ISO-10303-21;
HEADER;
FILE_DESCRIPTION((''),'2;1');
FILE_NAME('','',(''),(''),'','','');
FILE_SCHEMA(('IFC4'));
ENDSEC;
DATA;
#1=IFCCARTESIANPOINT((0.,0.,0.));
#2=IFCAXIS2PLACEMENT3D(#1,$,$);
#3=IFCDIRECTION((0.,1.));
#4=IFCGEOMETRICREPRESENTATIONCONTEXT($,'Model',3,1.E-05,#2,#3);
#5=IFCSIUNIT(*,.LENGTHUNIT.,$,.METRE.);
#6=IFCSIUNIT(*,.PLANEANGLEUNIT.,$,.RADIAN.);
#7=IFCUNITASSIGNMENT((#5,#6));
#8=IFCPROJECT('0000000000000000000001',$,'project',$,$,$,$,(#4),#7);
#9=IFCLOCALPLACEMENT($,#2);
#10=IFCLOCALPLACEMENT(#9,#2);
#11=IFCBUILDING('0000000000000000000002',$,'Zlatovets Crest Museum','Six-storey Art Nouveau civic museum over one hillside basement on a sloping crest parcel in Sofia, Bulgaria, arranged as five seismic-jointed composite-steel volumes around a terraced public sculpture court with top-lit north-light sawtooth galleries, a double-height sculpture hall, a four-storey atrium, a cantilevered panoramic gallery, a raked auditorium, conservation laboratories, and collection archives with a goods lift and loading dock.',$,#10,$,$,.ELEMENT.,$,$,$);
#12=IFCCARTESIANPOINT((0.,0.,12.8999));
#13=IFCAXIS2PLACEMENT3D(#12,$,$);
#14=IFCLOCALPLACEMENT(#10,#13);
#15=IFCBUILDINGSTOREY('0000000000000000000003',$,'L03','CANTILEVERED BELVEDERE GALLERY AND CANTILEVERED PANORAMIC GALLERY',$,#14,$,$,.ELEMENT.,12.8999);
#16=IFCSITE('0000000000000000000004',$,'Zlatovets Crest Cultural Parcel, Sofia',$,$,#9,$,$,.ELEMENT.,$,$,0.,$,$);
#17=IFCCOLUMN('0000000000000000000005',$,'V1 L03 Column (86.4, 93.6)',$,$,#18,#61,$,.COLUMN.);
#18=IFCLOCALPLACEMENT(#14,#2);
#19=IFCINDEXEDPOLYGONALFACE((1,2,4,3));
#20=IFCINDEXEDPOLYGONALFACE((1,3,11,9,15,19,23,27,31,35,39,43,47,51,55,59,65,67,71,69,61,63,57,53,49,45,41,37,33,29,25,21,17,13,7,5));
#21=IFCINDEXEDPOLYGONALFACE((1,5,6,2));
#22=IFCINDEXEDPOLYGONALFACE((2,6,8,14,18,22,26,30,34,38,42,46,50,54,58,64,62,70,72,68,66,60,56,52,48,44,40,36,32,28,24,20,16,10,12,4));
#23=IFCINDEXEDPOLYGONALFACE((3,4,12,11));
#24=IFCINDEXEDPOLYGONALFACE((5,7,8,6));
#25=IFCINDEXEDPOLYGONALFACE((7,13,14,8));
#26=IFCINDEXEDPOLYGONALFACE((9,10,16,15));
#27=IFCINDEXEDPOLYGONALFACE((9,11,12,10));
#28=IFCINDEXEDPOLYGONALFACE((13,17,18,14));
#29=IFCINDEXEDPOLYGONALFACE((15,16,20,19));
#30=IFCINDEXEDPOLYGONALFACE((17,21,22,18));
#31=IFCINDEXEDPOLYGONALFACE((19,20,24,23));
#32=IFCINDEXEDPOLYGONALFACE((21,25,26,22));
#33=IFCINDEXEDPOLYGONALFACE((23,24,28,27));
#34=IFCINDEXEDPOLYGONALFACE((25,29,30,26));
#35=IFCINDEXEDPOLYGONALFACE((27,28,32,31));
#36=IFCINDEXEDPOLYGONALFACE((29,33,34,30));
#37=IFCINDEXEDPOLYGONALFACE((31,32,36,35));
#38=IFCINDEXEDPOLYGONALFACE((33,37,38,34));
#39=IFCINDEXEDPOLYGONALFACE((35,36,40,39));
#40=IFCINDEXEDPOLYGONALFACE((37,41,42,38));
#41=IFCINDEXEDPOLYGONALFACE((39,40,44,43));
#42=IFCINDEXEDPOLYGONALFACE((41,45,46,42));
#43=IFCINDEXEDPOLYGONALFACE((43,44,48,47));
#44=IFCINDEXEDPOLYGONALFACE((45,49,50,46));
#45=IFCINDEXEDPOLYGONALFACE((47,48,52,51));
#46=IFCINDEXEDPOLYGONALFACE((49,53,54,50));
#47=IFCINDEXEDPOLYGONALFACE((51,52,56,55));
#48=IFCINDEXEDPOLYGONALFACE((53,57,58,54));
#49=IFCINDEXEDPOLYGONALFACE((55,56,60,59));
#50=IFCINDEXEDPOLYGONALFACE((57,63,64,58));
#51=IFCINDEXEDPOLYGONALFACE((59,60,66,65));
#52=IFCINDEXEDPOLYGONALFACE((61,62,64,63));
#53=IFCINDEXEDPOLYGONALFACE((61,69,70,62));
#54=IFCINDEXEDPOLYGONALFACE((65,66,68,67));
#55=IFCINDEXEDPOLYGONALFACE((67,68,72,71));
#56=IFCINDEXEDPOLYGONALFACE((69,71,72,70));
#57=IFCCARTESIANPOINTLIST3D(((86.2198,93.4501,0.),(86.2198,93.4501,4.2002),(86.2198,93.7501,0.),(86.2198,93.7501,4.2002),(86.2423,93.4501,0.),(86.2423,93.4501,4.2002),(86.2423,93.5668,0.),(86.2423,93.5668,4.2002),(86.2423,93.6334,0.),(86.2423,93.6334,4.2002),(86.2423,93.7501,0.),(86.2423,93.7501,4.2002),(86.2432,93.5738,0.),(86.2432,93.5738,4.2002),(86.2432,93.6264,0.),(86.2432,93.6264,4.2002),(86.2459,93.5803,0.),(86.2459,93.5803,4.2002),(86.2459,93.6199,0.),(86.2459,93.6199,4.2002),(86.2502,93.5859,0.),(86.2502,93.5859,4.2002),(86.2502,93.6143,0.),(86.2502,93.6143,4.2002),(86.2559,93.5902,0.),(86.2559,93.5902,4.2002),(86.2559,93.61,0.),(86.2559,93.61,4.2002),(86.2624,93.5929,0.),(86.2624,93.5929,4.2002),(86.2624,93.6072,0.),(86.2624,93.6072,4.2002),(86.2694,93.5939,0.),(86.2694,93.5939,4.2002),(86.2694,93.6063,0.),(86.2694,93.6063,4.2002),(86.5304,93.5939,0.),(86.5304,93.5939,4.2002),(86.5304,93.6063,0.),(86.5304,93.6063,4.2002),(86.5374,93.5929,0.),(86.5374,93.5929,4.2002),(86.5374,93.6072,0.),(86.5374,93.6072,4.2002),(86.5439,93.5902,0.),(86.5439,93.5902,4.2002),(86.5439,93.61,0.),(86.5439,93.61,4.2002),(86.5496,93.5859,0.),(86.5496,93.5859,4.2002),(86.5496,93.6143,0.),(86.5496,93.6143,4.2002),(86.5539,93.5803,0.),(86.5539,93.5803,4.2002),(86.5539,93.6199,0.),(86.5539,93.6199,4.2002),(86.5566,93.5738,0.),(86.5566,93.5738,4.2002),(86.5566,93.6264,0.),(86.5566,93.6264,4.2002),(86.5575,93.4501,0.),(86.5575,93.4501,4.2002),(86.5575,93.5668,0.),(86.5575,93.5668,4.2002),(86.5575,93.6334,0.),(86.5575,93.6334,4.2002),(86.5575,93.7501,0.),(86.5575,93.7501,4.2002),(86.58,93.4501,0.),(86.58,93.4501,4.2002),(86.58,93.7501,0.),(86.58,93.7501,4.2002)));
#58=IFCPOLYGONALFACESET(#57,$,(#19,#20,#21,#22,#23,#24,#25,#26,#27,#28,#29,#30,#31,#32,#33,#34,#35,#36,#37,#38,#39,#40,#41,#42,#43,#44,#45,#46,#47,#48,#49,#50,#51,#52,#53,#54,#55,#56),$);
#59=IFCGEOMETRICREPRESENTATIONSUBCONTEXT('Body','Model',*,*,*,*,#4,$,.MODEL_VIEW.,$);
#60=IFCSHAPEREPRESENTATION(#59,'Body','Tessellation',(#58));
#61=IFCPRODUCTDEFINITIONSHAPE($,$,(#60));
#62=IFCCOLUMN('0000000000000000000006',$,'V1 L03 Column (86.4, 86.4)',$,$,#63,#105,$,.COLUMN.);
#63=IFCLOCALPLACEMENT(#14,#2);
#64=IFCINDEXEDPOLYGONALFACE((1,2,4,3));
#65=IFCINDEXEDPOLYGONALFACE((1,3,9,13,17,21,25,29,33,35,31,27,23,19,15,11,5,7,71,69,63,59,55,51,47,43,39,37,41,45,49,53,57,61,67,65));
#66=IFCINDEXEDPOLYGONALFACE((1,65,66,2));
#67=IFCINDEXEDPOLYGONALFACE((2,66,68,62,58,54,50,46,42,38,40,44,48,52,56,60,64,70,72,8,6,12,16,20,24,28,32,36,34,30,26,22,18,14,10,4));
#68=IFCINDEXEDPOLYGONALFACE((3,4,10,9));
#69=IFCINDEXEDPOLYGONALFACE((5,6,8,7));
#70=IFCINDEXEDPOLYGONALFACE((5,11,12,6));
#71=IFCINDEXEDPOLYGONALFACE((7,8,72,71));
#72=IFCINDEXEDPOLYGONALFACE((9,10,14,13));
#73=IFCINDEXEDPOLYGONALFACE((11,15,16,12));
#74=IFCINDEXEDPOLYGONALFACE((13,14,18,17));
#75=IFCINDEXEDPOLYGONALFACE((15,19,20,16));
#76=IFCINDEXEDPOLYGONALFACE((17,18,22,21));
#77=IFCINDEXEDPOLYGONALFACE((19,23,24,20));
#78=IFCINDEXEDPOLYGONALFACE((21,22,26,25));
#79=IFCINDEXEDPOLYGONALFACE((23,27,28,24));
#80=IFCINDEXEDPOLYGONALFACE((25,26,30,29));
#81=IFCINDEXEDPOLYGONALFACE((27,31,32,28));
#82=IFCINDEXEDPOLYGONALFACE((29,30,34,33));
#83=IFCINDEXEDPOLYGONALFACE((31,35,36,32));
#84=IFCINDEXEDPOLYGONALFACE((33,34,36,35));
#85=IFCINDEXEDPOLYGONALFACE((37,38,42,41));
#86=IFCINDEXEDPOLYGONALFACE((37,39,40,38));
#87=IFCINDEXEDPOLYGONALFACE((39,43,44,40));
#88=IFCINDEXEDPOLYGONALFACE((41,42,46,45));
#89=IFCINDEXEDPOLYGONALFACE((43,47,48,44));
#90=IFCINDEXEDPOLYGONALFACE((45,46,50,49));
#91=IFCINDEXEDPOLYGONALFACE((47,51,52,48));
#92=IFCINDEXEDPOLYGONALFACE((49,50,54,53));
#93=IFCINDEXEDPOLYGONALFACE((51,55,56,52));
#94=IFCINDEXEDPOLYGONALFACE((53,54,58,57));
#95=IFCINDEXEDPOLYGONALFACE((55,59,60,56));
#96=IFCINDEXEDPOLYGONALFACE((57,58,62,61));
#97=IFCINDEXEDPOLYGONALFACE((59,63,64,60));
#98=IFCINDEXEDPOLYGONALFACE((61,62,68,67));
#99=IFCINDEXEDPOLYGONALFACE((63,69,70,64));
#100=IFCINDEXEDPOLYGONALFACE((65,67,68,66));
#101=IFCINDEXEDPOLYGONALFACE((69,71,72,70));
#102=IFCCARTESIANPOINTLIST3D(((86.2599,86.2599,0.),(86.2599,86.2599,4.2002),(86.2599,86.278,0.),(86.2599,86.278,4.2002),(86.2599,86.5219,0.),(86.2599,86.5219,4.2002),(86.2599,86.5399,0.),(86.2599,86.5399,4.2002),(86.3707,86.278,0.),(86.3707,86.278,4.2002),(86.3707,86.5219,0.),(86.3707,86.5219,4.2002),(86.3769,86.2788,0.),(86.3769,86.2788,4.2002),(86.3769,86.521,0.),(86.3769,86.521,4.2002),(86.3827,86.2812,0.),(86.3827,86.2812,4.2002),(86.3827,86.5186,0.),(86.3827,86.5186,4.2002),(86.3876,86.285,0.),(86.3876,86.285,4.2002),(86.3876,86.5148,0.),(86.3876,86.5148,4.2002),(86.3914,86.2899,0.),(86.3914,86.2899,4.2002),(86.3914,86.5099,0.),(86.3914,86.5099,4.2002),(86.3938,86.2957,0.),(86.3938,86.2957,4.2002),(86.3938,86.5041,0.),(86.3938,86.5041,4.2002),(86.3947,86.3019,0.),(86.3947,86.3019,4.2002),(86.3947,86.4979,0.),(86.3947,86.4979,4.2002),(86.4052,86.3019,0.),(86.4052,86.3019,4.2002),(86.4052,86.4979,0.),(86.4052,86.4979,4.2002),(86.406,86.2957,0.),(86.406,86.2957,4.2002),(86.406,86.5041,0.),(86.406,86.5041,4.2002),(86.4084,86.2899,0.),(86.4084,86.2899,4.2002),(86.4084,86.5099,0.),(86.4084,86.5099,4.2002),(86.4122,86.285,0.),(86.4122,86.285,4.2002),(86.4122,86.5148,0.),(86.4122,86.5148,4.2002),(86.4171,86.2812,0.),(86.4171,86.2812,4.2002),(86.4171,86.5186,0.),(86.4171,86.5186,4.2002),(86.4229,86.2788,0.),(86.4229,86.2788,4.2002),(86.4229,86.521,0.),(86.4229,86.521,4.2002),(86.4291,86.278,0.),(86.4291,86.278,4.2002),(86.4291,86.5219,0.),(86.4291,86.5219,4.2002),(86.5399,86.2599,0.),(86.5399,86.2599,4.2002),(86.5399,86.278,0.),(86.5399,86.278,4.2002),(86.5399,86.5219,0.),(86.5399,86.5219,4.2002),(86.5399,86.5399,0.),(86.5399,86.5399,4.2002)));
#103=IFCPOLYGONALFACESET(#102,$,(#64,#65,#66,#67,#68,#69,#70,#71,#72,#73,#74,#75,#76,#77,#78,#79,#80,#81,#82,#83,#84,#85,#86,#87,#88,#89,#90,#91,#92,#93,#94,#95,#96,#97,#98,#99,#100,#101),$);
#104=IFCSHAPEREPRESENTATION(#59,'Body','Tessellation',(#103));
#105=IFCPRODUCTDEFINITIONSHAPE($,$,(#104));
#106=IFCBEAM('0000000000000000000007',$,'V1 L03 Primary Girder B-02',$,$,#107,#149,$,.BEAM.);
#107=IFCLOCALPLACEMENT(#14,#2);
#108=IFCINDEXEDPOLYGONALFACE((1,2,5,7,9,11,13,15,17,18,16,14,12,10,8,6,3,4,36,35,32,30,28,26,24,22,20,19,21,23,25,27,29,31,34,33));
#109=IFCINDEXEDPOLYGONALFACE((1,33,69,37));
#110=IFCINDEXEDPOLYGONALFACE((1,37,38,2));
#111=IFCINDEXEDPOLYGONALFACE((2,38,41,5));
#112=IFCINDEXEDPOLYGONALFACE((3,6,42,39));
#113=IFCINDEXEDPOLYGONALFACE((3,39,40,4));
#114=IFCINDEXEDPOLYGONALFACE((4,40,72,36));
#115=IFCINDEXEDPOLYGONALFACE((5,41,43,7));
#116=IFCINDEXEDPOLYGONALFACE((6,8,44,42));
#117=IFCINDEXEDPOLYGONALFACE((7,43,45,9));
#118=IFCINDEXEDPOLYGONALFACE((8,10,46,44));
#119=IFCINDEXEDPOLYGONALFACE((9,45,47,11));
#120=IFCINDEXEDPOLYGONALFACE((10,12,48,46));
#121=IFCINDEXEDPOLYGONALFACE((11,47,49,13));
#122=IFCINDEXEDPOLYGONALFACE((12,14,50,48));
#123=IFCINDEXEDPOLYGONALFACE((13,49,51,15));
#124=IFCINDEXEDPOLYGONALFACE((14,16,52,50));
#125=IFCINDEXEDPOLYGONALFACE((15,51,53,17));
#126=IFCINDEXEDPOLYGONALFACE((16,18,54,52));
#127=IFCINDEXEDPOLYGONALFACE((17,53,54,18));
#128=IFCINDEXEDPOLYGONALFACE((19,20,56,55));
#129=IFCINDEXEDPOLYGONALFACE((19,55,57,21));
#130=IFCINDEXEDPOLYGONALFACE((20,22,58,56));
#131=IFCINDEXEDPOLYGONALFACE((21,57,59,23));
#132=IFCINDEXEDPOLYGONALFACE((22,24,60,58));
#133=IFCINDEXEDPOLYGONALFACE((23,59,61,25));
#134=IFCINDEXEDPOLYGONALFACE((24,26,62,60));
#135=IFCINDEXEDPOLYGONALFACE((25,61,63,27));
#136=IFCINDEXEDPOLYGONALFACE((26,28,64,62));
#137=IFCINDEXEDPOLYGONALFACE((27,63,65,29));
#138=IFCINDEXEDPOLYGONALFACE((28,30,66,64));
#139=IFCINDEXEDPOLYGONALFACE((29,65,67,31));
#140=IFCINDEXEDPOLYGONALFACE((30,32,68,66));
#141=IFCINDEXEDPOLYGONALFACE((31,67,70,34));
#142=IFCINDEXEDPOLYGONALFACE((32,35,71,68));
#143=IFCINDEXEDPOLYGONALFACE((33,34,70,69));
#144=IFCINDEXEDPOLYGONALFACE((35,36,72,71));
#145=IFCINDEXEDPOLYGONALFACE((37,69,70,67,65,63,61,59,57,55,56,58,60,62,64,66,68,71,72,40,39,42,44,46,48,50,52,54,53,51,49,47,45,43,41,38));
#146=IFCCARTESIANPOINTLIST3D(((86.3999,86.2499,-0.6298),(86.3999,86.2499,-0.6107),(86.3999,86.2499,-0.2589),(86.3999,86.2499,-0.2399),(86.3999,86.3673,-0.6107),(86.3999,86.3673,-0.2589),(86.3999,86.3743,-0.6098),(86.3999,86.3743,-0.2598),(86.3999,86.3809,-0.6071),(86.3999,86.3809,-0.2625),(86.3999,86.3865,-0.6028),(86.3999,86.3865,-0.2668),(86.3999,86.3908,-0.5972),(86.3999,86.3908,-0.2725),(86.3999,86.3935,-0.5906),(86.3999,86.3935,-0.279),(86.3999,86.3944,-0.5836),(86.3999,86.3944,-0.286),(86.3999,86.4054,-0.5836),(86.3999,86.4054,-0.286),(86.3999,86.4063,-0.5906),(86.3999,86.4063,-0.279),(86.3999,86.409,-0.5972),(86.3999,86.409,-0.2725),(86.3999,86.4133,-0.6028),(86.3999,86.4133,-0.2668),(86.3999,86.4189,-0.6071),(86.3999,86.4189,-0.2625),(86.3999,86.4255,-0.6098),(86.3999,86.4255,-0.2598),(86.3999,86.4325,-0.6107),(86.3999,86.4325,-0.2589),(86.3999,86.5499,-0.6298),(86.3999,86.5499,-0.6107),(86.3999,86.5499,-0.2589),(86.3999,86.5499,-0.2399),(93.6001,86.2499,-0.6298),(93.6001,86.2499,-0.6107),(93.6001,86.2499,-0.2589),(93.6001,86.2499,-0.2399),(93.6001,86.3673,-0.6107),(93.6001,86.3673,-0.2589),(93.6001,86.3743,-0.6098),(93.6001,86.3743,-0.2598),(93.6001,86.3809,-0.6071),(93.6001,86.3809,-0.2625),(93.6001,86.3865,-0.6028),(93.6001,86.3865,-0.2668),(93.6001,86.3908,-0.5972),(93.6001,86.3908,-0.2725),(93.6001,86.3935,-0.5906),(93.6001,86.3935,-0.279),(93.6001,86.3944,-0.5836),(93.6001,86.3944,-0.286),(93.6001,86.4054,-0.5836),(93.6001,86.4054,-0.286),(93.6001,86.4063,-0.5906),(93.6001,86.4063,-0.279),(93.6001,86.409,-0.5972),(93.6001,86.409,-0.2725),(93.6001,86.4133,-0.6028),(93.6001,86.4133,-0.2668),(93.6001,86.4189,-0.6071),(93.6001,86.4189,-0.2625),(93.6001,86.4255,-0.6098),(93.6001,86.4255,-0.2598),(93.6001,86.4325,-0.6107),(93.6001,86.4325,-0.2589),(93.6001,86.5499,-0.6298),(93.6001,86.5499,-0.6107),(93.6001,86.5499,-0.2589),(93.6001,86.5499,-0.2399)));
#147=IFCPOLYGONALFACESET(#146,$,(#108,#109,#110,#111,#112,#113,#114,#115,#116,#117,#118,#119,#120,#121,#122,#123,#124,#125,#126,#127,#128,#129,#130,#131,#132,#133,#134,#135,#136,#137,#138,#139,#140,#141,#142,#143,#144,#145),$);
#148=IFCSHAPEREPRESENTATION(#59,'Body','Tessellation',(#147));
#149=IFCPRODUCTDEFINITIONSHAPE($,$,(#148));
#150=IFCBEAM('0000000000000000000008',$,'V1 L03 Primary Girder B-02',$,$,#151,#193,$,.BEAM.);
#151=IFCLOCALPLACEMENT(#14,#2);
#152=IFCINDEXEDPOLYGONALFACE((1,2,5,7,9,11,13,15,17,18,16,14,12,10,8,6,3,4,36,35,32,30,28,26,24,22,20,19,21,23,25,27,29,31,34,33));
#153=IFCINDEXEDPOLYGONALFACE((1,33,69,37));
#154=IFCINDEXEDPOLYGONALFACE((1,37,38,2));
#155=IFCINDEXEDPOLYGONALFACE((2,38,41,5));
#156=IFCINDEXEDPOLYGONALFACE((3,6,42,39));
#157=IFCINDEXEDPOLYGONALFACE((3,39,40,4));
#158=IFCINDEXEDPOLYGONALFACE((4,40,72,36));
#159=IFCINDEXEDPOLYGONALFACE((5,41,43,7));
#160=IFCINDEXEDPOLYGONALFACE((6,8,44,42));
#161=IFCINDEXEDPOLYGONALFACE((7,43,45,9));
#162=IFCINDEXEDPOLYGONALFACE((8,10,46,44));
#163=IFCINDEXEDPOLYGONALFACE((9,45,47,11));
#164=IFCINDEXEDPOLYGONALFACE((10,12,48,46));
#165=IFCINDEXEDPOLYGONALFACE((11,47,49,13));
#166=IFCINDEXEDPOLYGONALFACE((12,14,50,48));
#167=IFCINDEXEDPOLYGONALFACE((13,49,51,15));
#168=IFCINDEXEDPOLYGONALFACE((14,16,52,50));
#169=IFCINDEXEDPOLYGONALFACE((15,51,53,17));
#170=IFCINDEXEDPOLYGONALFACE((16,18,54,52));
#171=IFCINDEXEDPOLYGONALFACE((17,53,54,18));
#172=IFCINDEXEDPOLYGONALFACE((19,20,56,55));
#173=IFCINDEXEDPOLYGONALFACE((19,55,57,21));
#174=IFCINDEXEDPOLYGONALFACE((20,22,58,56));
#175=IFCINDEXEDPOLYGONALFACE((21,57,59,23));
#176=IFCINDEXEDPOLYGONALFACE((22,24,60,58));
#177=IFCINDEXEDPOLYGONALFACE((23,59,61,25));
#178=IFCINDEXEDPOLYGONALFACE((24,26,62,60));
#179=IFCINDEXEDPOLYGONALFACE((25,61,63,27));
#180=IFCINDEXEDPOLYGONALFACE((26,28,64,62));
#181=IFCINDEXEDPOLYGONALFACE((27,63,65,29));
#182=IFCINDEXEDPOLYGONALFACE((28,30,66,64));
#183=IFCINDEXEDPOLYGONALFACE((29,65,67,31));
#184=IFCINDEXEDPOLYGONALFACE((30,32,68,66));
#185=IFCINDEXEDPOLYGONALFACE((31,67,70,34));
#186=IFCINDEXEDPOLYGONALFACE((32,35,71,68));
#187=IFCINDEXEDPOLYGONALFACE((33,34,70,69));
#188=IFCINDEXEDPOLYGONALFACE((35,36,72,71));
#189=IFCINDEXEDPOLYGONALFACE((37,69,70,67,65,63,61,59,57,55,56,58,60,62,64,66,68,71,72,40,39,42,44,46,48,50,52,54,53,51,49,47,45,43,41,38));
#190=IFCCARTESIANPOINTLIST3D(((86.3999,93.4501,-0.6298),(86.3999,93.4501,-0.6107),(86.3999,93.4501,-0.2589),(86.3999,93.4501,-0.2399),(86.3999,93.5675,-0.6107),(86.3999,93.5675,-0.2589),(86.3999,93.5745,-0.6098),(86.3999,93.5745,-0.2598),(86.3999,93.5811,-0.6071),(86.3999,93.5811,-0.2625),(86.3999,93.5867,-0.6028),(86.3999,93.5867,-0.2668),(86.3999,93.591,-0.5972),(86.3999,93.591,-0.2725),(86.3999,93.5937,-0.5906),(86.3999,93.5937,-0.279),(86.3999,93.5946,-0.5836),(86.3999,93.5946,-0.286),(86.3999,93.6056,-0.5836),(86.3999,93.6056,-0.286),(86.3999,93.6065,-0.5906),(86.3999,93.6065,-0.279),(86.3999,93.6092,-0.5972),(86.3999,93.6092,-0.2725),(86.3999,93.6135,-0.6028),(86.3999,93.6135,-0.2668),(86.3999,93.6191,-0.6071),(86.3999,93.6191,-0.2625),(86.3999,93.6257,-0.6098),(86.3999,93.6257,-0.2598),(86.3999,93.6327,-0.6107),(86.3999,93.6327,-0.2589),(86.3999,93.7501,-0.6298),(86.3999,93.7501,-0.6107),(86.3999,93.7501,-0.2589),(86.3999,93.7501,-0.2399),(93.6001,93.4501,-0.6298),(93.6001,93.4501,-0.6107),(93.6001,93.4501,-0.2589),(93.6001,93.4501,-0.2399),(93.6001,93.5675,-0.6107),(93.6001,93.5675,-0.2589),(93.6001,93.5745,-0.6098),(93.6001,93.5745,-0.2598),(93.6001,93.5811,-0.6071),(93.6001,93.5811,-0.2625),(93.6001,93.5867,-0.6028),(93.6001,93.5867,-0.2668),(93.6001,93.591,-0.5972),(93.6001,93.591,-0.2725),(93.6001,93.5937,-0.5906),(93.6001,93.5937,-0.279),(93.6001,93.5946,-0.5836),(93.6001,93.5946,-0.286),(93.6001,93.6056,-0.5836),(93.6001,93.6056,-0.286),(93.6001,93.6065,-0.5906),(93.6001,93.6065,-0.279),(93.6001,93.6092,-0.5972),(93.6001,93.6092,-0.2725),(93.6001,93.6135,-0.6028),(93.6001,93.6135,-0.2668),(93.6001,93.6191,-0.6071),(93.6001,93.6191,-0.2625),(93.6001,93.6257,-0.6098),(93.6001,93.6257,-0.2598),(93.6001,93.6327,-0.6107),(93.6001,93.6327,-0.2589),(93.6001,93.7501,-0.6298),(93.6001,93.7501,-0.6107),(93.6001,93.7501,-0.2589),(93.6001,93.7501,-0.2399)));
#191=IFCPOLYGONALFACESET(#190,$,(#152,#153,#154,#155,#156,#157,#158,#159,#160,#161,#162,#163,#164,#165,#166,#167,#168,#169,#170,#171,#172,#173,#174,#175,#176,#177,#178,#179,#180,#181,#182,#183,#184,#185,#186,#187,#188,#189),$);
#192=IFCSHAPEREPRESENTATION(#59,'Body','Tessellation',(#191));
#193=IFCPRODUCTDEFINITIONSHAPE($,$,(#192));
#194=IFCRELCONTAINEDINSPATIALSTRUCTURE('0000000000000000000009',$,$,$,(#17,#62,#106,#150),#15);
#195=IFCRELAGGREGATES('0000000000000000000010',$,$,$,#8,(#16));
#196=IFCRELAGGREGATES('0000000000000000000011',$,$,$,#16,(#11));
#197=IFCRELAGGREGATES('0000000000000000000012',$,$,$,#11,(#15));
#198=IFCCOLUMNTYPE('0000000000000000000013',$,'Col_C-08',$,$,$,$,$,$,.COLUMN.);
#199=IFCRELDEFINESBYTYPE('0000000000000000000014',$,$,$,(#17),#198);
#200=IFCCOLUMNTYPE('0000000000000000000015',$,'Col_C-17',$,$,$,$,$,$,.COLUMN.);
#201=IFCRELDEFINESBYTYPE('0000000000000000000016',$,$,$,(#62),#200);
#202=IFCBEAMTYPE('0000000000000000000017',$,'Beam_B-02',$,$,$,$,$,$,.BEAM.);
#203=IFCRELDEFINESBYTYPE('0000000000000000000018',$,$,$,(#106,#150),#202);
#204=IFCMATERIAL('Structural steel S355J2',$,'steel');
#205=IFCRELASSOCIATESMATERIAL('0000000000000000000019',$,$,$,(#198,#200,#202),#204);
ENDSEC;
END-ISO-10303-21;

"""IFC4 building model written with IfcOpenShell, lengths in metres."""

from ifc_helpers import new_model, si_unit, direction, frame, origin, origin_2d, place, context, subcontext, project, spatial, i_section, extrude, material, material_profile, profile_set, type_object, element, save


model = new_model("IFC4")

# Units and contexts
model_context = context("Model", 3, precision=1e-05, world=origin(), true_north=direction((0.0, 1.0)))
body_context = subcontext(model_context, "Body", "Model", "MODEL_VIEW")
ifc_project = project(units=[si_unit("LENGTHUNIT", "METRE"), si_unit("PLANEANGLEUNIT", "RADIAN")], contexts=[model_context])

# Site, building, storey
site_placement = place(None, origin())
site = spatial("IfcSite", under=ifc_project, at=site_placement, Name="Zlatovets Crest Cultural Parcel, Sofia", CompositionType="ELEMENT", RefElevation=0.0)
building_placement = place(site_placement, origin())
building = spatial("IfcBuilding", under=site, at=building_placement, Name="Zlatovets Crest Museum", Description="Six-storey Art Nouveau civic museum over one hillside basement on a sloping crest parcel in Sofia, Bulgaria, arranged as five seismic-jointed composite-steel volumes around a terraced public sculpture court with top-lit north-light sawtooth galleries, a double-height sculpture hall, a four-storey atrium, a cantilevered panoramic gallery, a raked auditorium, conservation laboratories, and collection archives with a goods lift and loading dock.", CompositionType="ELEMENT")
storey_placement = place(building_placement, frame((0.0, 0.0, 12.8999)))
storey = spatial("IfcBuildingStorey", under=building, at=storey_placement, Name="L03", Description="CANTILEVERED BELVEDERE GALLERY AND CANTILEVERED PANORAMIC GALLERY", CompositionType="ELEMENT", Elevation=12.8999)

# Columns
ifc_material_1 = material(Name="Structural steel S355J2", Category="steel")
ifc_material_profile_1 = material_profile(ifc_material_1, i_section(OverallWidth=0.3, OverallDepth=0.3601, WebThickness=0.0125, FlangeThickness=0.0225, FilletRadius=0.0271, at=origin_2d()), Name="HEB 360")
ifc_profile_set_1 = profile_set([ifc_material_profile_1], Name="Structural steel S355J2")
column_type_1 = type_object("IfcColumnType", Name="Col_C-08", PredefinedType="COLUMN", material=ifc_profile_set_1)
column_1_placement = place(storey_placement, frame((86.3999, 93.6001, 0.0), z_axis=(0.0, 0.0, 1.0), x_axis=(0.0, 1.0, 0.0)))
element("IfcColumn", 1, at=column_1_placement, inside=storey, type_object=column_type_1, Name="V1 L03 Column (86.4, 93.6)", PredefinedType="COLUMN", context=body_context, shape_type="SweptSolid", body=[
    extrude(i_section(OverallWidth=0.3, OverallDepth=0.3601, WebThickness=0.0125, FlangeThickness=0.0225, FilletRadius=0.0271, at=origin_2d()), origin(), (0.0, 0.0, 1.0), 4.2002),
])
ifc_material_profile_2 = material_profile(ifc_material_1, i_section(OverallWidth=0.28, OverallDepth=0.28, WebThickness=0.0105, FlangeThickness=0.0181, FilletRadius=0.0239, at=origin_2d()), Name="HEB 280")
ifc_profile_set_2 = profile_set([ifc_material_profile_2], Name="Structural steel S355J2")
column_type_2 = type_object("IfcColumnType", Name="Col_C-17", PredefinedType="COLUMN", material=ifc_profile_set_2)
column_2_placement = place(storey_placement, frame((86.3999, 86.3999, 0.0), z_axis=(0.0, 0.0, 1.0), x_axis=(1.0, 0.0, 0.0)))
element("IfcColumn", 2, at=column_2_placement, inside=storey, type_object=column_type_2, Name="V1 L03 Column (86.4, 86.4)", PredefinedType="COLUMN", context=body_context, shape_type="SweptSolid", body=[
    extrude(i_section(OverallWidth=0.28, OverallDepth=0.28, WebThickness=0.0105, FlangeThickness=0.0181, FilletRadius=0.0239, at=origin_2d()), origin(), (0.0, 0.0, 1.0), 4.2002),
])

# Beams
ifc_material_profile_3 = material_profile(ifc_material_1, i_section(OverallWidth=0.3, OverallDepth=0.3899, WebThickness=0.011, FlangeThickness=0.019, FilletRadius=0.0271, at=origin_2d()), Name="HEA 400")
ifc_profile_set_3 = profile_set([ifc_material_profile_3], Name="Structural steel S355J2")
beam_type_1 = type_object("IfcBeamType", Name="Beam_B-02", PredefinedType="BEAM", material=ifc_profile_set_3)
for number, where, z_axis, x_axis, name in (
    (3, (86.3999, 86.3999, -0.4348), (1.0, 0.0, 0.0), (0.0, 1.0, 0.0), "V1 L03 Primary Girder B-02"),
    (4, (86.3999, 93.6001, -0.4348), (1.0, 0.0, 0.0), (0.0, 1.0, 0.0), "V1 L03 Primary Girder B-02"),
):
    element("IfcBeam", number, at=place(storey_placement, frame(where, z_axis=z_axis, x_axis=x_axis)), inside=storey, type_object=beam_type_1, Name=name, PredefinedType="BEAM", context=body_context, shape_type="SweptSolid", body=[
        extrude(i_section(OverallWidth=0.3, OverallDepth=0.3899, WebThickness=0.011, FlangeThickness=0.019, FilletRadius=0.0271, at=origin_2d()), origin(), (0.0, 0.0, 1.0), 7.2002),
    ])

save(model, "model.ifc")
